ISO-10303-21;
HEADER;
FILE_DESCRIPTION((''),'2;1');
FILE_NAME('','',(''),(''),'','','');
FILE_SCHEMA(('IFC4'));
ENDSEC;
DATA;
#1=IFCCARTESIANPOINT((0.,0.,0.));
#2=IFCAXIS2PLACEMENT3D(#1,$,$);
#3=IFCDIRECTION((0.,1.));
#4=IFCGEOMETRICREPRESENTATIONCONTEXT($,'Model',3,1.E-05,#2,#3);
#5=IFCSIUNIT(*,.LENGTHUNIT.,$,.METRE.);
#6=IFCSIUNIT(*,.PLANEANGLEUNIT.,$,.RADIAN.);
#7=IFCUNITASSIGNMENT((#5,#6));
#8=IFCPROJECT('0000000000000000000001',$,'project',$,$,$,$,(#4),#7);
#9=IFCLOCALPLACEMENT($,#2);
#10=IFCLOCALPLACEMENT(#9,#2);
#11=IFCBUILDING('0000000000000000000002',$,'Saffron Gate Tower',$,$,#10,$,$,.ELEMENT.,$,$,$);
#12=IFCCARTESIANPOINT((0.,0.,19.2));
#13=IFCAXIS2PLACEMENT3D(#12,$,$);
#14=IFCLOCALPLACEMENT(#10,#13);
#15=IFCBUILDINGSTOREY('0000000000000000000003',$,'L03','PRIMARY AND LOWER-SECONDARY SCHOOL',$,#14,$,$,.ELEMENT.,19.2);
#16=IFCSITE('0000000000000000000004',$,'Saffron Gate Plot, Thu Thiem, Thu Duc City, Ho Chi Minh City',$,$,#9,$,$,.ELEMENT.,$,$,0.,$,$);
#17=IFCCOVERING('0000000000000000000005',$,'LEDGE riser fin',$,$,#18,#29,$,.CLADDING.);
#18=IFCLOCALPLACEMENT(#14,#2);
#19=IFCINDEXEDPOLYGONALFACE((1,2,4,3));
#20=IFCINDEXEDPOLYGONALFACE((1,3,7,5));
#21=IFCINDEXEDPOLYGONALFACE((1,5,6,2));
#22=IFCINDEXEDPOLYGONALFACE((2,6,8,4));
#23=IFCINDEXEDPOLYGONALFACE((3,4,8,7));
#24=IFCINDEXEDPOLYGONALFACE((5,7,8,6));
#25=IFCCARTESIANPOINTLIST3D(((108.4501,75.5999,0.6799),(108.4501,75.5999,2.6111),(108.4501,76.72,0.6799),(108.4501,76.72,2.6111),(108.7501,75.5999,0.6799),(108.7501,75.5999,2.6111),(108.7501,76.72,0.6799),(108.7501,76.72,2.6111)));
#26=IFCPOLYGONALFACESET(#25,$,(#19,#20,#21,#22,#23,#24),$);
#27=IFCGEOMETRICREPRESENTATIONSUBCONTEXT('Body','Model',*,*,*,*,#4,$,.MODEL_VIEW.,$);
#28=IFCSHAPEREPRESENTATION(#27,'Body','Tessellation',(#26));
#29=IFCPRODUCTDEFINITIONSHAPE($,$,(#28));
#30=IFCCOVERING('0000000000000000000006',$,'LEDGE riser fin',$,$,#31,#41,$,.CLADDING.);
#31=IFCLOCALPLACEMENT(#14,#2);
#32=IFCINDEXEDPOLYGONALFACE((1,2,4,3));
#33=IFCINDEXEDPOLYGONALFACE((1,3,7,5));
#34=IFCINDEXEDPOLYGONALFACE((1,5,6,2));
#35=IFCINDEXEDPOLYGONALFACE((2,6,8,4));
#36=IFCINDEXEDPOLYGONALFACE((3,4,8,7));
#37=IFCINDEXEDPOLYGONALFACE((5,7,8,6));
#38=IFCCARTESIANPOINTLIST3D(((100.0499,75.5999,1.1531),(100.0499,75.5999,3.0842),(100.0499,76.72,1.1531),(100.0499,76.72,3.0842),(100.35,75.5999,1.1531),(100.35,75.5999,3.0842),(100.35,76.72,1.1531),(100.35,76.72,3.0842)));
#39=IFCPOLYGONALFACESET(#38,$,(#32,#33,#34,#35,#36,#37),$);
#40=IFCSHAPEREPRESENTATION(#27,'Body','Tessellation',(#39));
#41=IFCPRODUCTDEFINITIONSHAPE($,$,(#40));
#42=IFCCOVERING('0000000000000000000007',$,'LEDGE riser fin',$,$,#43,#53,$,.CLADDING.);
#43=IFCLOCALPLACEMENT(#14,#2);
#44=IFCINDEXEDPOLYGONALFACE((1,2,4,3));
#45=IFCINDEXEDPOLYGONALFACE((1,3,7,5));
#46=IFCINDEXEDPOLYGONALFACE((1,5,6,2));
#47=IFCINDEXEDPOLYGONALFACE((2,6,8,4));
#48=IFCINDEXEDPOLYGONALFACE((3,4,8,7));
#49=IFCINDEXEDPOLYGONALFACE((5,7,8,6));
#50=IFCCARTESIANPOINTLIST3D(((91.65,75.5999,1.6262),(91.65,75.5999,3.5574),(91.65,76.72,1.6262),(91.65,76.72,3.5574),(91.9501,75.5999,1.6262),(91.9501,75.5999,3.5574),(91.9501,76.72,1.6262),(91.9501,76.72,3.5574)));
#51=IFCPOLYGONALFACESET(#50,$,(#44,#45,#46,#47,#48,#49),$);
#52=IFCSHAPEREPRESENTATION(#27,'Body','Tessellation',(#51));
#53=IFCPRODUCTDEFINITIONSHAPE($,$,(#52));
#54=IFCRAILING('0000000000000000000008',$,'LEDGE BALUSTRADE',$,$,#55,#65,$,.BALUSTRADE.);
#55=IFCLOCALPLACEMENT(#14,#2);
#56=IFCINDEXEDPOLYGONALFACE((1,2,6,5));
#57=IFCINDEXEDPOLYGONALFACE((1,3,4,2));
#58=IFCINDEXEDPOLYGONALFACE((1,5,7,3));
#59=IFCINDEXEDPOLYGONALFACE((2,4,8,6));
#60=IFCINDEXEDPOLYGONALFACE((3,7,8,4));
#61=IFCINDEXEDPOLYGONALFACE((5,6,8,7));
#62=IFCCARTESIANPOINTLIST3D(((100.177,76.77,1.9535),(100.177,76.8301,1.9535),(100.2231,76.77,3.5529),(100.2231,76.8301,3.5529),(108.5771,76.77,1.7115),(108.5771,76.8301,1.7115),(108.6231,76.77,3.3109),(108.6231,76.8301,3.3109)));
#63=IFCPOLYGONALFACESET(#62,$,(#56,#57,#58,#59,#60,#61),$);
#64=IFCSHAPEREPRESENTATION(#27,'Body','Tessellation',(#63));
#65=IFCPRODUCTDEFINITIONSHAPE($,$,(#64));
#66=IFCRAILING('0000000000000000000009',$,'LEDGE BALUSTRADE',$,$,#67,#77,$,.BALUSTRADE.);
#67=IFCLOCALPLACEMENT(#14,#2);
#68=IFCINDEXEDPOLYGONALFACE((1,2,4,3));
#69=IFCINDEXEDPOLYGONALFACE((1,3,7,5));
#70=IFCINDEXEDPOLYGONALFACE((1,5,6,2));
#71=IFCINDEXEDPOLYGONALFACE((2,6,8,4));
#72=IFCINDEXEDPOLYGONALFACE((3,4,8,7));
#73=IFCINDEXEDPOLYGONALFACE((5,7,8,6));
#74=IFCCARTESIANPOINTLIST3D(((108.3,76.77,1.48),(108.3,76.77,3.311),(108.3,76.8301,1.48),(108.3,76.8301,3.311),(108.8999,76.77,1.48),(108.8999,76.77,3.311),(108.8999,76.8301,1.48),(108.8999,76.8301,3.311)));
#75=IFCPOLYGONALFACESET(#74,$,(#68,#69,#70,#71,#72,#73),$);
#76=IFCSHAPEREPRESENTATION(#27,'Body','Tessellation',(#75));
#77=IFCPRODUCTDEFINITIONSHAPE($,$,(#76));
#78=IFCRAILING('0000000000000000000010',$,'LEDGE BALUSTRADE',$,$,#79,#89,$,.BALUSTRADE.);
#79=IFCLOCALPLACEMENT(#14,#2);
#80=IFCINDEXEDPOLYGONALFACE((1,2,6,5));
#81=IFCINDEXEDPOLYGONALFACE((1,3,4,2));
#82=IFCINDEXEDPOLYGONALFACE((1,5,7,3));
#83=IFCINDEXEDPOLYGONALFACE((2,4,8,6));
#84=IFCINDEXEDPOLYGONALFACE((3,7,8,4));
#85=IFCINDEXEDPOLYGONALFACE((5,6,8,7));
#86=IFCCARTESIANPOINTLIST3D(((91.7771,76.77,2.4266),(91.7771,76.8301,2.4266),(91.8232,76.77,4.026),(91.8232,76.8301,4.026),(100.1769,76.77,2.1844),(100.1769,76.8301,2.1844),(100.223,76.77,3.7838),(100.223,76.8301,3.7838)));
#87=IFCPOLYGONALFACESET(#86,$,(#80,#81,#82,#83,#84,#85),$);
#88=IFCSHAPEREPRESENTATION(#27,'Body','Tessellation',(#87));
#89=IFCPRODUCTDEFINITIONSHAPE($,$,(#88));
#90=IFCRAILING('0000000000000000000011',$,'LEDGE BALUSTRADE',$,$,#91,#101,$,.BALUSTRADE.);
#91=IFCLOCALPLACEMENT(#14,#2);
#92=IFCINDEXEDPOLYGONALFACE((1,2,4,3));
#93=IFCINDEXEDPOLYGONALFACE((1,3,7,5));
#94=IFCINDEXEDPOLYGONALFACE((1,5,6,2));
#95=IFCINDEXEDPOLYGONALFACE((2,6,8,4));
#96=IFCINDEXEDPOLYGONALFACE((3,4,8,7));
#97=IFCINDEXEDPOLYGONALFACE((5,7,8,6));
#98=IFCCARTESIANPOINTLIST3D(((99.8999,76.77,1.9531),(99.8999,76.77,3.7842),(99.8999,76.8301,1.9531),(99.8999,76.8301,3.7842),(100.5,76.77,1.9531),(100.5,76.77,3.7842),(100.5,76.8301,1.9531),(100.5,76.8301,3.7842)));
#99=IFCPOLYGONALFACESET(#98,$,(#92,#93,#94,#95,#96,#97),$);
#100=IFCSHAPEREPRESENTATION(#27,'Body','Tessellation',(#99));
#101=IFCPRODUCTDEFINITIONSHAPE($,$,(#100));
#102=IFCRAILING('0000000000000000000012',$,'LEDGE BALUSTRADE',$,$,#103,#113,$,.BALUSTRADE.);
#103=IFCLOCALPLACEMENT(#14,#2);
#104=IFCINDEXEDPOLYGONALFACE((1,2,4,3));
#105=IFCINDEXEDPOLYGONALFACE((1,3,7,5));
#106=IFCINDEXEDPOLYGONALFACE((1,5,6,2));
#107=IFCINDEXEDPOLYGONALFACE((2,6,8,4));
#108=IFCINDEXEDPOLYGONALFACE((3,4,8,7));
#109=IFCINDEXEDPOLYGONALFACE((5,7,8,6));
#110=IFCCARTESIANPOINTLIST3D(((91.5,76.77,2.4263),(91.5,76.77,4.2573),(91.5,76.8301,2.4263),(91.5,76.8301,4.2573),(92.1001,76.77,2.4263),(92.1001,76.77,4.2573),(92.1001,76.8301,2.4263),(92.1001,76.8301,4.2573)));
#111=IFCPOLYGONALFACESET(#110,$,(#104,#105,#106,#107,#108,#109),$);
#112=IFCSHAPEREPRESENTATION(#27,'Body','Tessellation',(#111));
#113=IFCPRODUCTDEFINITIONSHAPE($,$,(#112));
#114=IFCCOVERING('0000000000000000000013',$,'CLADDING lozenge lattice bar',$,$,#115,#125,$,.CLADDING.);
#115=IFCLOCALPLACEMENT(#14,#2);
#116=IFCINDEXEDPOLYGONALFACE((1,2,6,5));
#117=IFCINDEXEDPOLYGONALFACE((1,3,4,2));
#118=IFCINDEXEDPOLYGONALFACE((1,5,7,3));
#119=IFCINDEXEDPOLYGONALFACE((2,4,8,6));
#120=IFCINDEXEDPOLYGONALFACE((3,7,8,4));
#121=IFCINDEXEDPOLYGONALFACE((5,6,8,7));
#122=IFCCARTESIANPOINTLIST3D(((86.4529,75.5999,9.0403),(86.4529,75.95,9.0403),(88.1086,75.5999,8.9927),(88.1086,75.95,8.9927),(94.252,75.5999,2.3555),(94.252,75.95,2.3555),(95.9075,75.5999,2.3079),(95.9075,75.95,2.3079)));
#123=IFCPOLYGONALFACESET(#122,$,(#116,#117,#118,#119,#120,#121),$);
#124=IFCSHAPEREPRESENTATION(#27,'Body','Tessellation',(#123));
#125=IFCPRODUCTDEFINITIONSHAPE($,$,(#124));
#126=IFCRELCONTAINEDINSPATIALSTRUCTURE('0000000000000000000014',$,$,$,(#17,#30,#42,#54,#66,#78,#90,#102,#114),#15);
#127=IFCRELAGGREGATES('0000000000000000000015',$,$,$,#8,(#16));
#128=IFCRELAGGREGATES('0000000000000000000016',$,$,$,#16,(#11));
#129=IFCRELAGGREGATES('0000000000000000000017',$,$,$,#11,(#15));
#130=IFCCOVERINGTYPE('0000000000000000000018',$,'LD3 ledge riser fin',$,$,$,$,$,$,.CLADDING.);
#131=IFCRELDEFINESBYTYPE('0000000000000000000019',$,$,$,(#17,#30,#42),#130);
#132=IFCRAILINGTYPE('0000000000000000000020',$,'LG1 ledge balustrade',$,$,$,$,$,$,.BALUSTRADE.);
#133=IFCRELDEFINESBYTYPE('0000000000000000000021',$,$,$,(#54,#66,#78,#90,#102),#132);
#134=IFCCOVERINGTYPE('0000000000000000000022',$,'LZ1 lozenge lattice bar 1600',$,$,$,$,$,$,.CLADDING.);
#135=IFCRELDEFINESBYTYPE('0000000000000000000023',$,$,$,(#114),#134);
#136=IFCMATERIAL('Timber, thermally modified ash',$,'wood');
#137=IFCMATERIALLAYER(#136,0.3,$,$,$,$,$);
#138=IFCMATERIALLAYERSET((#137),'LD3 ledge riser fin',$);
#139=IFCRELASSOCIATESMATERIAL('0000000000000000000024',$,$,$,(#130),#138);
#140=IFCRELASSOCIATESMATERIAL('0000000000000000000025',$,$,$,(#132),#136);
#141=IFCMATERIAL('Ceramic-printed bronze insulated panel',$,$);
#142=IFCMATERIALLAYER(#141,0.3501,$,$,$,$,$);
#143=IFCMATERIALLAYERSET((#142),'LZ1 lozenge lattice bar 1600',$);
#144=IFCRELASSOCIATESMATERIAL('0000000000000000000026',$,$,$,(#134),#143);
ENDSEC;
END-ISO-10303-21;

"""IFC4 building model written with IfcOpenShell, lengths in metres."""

from ifc_helpers import new_model, si_unit, direction, frame, origin, origin_2d, place, context, subcontext, project, spatial, polyline, rectangle, outline, extrude, material, layer, layer_set, type_object, element, save


model = new_model("IFC4")

# Units and contexts
model_context = context("Model", 3, precision=1e-05, world=origin(), true_north=direction((0.0, 1.0)))
body_context = subcontext(model_context, "Body", "Model", "MODEL_VIEW")
ifc_project = project(units=[si_unit("LENGTHUNIT", "METRE"), si_unit("PLANEANGLEUNIT", "RADIAN")], contexts=[model_context])

# Site, building, storey
site_placement = place(None, origin())
site = spatial("IfcSite", under=ifc_project, at=site_placement, Name="Saffron Gate Plot, Thu Thiem, Thu Duc City, Ho Chi Minh City", CompositionType="ELEMENT", RefElevation=0.0)
building_placement = place(site_placement, origin())
building = spatial("IfcBuilding", under=site, at=building_placement, Name="Saffron Gate Tower", CompositionType="ELEMENT")
storey_placement = place(building_placement, frame((0.0, 0.0, 19.2)))
storey = spatial("IfcBuildingStorey", under=building, at=storey_placement, Name="L03", Description="PRIMARY AND LOWER-SECONDARY SCHOOL", CompositionType="ELEMENT", Elevation=19.2)

# Coverings
ifc_material_1 = material(Name="Timber, thermally modified ash", Category="wood")
ifc_layer_1 = layer(ifc_material_1, 0.3)
ifc_layer_set_1 = layer_set([ifc_layer_1], Name="LD3 ledge riser fin")
covering_type_1 = type_object("IfcCoveringType", Name="LD3 ledge riser fin", PredefinedType="CLADDING", material=ifc_layer_set_1)
for number, where, z_axis, x_axis, name in (
    (1, (108.6001, 76.1599, 0.6799), (0.0, 0.0, 1.0), (-1.0, 0.0, 0.0), "LEDGE riser fin"),
    (2, (100.2, 76.1599, 1.1531), (0.0, 0.0, 1.0), (-1.0, 0.0, 0.0), "LEDGE riser fin"),
    (3, (91.8, 76.1599, 1.6262), (0.0, 0.0, 1.0), (-1.0, 0.0, 0.0), "LEDGE riser fin"),
):
    element("IfcCovering", number, at=place(storey_placement, frame(where, z_axis=z_axis, x_axis=x_axis)), inside=storey, type_object=covering_type_1, Name=name, PredefinedType="CLADDING", context=body_context, shape_type="SweptSolid", body=[
        extrude(rectangle(XDim=0.3, YDim=1.1201, at=origin_2d()), origin(), (0.0, 0.0, 1.0), 1.9312),
    ])

# Railings
railing_type_1 = type_object("IfcRailingType", Name="LG1 ledge balustrade", PredefinedType="BALUSTRADE", material=ifc_material_1)
railing_1_placement = place(storey_placement, frame((108.6001, 76.8, 1.7112)))
element("IfcRailing", 4, at=railing_1_placement, inside=storey, type_object=railing_type_1, Name="LEDGE BALUSTRADE", PredefinedType="BALUSTRADE", context=body_context, shape_type="SweptSolid", body=[
    extrude(rectangle(XDim=0.0601, YDim=1.6001, at=origin_2d()), frame((0.0, 0.0, 0.8), z_axis=(-0.999585, 0.0, 0.02879), x_axis=(0.0, -1.0, 0.0)), (0.0, 0.0, 1.0), 8.4036),
])
railing_2_placement = place(storey_placement, frame((108.8999, 76.8, 1.48)))
element("IfcRailing", 5, at=railing_2_placement, inside=storey, type_object=railing_type_1, Name="LEDGE BALUSTRADE", PredefinedType="BALUSTRADE", context=body_context, shape_type="SweptSolid", body=[
    extrude(rectangle(XDim=0.0601, YDim=1.8311, at=origin_2d()), frame((0.0, 0.0, 0.9155), z_axis=(-1.0, 0.0, 0.0), x_axis=(0.0, -1.0, 0.0)), (0.0, 0.0, 1.0), 0.5999),
])
railing_3_placement = place(storey_placement, frame((100.2, 76.8, 2.1841)))
element("IfcRailing", 6, at=railing_3_placement, inside=storey, type_object=railing_type_1, Name="LEDGE BALUSTRADE", PredefinedType="BALUSTRADE", context=body_context, shape_type="SweptSolid", body=[
    extrude(rectangle(XDim=0.0601, YDim=1.6001, at=origin_2d()), frame((0.0, 0.0, 0.8), z_axis=(-0.999585, 0.0, 0.02882), x_axis=(0.0, -1.0, 0.0)), (0.0, 0.0, 1.0), 8.4033),
])
for number, where, name in (
    (7, (100.5, 76.8, 1.9531), "LEDGE BALUSTRADE"),
    (8, (92.1001, 76.8, 2.4263), "LEDGE BALUSTRADE"),
):
    element("IfcRailing", number, at=place(storey_placement, frame(where)), inside=storey, type_object=railing_type_1, Name=name, PredefinedType="BALUSTRADE", context=body_context, shape_type="SweptSolid", body=[
        extrude(rectangle(XDim=0.0601, YDim=1.8311, at=origin_2d()), frame((0.0, 0.0, 0.9155), z_axis=(-1.0, 0.0, 0.0), x_axis=(0.0, -1.0, 0.0)), (0.0, 0.0, 1.0), 0.6001),
    ])

# Covering
ifc_material_2 = material(Name="Ceramic-printed bronze insulated panel")
ifc_layer_2 = layer(ifc_material_2, 0.3501)
ifc_layer_set_2 = layer_set([ifc_layer_2], Name="LZ1 lozenge lattice bar 1600")
covering_type_2 = type_object("IfcCoveringType", Name="LZ1 lozenge lattice bar 1600", PredefinedType="CLADDING", material=ifc_layer_set_2)
covering_1_placement = place(storey_placement, frame((95.9075, 75.95, 2.3079), z_axis=(0.0, 1.0, 0.0), x_axis=(-0.999587, 0.0, 0.028745)))
element("IfcCovering", 9, at=covering_1_placement, inside=storey, type_object=covering_type_2, Name="CLADDING lozenge lattice bar", PredefinedType="CLADDING", context=body_context, shape_type="SweptSolid", body=[
    extrude(outline(polyline([(0.0, 0.0), (1.6562, 0.0), (9.6442, 6.4579), (7.9878, 6.4579), (0.0, 0.0)])), origin(), (0.0, 0.0, -1.0), 0.3501),
])

save(model, "model.ifc")
